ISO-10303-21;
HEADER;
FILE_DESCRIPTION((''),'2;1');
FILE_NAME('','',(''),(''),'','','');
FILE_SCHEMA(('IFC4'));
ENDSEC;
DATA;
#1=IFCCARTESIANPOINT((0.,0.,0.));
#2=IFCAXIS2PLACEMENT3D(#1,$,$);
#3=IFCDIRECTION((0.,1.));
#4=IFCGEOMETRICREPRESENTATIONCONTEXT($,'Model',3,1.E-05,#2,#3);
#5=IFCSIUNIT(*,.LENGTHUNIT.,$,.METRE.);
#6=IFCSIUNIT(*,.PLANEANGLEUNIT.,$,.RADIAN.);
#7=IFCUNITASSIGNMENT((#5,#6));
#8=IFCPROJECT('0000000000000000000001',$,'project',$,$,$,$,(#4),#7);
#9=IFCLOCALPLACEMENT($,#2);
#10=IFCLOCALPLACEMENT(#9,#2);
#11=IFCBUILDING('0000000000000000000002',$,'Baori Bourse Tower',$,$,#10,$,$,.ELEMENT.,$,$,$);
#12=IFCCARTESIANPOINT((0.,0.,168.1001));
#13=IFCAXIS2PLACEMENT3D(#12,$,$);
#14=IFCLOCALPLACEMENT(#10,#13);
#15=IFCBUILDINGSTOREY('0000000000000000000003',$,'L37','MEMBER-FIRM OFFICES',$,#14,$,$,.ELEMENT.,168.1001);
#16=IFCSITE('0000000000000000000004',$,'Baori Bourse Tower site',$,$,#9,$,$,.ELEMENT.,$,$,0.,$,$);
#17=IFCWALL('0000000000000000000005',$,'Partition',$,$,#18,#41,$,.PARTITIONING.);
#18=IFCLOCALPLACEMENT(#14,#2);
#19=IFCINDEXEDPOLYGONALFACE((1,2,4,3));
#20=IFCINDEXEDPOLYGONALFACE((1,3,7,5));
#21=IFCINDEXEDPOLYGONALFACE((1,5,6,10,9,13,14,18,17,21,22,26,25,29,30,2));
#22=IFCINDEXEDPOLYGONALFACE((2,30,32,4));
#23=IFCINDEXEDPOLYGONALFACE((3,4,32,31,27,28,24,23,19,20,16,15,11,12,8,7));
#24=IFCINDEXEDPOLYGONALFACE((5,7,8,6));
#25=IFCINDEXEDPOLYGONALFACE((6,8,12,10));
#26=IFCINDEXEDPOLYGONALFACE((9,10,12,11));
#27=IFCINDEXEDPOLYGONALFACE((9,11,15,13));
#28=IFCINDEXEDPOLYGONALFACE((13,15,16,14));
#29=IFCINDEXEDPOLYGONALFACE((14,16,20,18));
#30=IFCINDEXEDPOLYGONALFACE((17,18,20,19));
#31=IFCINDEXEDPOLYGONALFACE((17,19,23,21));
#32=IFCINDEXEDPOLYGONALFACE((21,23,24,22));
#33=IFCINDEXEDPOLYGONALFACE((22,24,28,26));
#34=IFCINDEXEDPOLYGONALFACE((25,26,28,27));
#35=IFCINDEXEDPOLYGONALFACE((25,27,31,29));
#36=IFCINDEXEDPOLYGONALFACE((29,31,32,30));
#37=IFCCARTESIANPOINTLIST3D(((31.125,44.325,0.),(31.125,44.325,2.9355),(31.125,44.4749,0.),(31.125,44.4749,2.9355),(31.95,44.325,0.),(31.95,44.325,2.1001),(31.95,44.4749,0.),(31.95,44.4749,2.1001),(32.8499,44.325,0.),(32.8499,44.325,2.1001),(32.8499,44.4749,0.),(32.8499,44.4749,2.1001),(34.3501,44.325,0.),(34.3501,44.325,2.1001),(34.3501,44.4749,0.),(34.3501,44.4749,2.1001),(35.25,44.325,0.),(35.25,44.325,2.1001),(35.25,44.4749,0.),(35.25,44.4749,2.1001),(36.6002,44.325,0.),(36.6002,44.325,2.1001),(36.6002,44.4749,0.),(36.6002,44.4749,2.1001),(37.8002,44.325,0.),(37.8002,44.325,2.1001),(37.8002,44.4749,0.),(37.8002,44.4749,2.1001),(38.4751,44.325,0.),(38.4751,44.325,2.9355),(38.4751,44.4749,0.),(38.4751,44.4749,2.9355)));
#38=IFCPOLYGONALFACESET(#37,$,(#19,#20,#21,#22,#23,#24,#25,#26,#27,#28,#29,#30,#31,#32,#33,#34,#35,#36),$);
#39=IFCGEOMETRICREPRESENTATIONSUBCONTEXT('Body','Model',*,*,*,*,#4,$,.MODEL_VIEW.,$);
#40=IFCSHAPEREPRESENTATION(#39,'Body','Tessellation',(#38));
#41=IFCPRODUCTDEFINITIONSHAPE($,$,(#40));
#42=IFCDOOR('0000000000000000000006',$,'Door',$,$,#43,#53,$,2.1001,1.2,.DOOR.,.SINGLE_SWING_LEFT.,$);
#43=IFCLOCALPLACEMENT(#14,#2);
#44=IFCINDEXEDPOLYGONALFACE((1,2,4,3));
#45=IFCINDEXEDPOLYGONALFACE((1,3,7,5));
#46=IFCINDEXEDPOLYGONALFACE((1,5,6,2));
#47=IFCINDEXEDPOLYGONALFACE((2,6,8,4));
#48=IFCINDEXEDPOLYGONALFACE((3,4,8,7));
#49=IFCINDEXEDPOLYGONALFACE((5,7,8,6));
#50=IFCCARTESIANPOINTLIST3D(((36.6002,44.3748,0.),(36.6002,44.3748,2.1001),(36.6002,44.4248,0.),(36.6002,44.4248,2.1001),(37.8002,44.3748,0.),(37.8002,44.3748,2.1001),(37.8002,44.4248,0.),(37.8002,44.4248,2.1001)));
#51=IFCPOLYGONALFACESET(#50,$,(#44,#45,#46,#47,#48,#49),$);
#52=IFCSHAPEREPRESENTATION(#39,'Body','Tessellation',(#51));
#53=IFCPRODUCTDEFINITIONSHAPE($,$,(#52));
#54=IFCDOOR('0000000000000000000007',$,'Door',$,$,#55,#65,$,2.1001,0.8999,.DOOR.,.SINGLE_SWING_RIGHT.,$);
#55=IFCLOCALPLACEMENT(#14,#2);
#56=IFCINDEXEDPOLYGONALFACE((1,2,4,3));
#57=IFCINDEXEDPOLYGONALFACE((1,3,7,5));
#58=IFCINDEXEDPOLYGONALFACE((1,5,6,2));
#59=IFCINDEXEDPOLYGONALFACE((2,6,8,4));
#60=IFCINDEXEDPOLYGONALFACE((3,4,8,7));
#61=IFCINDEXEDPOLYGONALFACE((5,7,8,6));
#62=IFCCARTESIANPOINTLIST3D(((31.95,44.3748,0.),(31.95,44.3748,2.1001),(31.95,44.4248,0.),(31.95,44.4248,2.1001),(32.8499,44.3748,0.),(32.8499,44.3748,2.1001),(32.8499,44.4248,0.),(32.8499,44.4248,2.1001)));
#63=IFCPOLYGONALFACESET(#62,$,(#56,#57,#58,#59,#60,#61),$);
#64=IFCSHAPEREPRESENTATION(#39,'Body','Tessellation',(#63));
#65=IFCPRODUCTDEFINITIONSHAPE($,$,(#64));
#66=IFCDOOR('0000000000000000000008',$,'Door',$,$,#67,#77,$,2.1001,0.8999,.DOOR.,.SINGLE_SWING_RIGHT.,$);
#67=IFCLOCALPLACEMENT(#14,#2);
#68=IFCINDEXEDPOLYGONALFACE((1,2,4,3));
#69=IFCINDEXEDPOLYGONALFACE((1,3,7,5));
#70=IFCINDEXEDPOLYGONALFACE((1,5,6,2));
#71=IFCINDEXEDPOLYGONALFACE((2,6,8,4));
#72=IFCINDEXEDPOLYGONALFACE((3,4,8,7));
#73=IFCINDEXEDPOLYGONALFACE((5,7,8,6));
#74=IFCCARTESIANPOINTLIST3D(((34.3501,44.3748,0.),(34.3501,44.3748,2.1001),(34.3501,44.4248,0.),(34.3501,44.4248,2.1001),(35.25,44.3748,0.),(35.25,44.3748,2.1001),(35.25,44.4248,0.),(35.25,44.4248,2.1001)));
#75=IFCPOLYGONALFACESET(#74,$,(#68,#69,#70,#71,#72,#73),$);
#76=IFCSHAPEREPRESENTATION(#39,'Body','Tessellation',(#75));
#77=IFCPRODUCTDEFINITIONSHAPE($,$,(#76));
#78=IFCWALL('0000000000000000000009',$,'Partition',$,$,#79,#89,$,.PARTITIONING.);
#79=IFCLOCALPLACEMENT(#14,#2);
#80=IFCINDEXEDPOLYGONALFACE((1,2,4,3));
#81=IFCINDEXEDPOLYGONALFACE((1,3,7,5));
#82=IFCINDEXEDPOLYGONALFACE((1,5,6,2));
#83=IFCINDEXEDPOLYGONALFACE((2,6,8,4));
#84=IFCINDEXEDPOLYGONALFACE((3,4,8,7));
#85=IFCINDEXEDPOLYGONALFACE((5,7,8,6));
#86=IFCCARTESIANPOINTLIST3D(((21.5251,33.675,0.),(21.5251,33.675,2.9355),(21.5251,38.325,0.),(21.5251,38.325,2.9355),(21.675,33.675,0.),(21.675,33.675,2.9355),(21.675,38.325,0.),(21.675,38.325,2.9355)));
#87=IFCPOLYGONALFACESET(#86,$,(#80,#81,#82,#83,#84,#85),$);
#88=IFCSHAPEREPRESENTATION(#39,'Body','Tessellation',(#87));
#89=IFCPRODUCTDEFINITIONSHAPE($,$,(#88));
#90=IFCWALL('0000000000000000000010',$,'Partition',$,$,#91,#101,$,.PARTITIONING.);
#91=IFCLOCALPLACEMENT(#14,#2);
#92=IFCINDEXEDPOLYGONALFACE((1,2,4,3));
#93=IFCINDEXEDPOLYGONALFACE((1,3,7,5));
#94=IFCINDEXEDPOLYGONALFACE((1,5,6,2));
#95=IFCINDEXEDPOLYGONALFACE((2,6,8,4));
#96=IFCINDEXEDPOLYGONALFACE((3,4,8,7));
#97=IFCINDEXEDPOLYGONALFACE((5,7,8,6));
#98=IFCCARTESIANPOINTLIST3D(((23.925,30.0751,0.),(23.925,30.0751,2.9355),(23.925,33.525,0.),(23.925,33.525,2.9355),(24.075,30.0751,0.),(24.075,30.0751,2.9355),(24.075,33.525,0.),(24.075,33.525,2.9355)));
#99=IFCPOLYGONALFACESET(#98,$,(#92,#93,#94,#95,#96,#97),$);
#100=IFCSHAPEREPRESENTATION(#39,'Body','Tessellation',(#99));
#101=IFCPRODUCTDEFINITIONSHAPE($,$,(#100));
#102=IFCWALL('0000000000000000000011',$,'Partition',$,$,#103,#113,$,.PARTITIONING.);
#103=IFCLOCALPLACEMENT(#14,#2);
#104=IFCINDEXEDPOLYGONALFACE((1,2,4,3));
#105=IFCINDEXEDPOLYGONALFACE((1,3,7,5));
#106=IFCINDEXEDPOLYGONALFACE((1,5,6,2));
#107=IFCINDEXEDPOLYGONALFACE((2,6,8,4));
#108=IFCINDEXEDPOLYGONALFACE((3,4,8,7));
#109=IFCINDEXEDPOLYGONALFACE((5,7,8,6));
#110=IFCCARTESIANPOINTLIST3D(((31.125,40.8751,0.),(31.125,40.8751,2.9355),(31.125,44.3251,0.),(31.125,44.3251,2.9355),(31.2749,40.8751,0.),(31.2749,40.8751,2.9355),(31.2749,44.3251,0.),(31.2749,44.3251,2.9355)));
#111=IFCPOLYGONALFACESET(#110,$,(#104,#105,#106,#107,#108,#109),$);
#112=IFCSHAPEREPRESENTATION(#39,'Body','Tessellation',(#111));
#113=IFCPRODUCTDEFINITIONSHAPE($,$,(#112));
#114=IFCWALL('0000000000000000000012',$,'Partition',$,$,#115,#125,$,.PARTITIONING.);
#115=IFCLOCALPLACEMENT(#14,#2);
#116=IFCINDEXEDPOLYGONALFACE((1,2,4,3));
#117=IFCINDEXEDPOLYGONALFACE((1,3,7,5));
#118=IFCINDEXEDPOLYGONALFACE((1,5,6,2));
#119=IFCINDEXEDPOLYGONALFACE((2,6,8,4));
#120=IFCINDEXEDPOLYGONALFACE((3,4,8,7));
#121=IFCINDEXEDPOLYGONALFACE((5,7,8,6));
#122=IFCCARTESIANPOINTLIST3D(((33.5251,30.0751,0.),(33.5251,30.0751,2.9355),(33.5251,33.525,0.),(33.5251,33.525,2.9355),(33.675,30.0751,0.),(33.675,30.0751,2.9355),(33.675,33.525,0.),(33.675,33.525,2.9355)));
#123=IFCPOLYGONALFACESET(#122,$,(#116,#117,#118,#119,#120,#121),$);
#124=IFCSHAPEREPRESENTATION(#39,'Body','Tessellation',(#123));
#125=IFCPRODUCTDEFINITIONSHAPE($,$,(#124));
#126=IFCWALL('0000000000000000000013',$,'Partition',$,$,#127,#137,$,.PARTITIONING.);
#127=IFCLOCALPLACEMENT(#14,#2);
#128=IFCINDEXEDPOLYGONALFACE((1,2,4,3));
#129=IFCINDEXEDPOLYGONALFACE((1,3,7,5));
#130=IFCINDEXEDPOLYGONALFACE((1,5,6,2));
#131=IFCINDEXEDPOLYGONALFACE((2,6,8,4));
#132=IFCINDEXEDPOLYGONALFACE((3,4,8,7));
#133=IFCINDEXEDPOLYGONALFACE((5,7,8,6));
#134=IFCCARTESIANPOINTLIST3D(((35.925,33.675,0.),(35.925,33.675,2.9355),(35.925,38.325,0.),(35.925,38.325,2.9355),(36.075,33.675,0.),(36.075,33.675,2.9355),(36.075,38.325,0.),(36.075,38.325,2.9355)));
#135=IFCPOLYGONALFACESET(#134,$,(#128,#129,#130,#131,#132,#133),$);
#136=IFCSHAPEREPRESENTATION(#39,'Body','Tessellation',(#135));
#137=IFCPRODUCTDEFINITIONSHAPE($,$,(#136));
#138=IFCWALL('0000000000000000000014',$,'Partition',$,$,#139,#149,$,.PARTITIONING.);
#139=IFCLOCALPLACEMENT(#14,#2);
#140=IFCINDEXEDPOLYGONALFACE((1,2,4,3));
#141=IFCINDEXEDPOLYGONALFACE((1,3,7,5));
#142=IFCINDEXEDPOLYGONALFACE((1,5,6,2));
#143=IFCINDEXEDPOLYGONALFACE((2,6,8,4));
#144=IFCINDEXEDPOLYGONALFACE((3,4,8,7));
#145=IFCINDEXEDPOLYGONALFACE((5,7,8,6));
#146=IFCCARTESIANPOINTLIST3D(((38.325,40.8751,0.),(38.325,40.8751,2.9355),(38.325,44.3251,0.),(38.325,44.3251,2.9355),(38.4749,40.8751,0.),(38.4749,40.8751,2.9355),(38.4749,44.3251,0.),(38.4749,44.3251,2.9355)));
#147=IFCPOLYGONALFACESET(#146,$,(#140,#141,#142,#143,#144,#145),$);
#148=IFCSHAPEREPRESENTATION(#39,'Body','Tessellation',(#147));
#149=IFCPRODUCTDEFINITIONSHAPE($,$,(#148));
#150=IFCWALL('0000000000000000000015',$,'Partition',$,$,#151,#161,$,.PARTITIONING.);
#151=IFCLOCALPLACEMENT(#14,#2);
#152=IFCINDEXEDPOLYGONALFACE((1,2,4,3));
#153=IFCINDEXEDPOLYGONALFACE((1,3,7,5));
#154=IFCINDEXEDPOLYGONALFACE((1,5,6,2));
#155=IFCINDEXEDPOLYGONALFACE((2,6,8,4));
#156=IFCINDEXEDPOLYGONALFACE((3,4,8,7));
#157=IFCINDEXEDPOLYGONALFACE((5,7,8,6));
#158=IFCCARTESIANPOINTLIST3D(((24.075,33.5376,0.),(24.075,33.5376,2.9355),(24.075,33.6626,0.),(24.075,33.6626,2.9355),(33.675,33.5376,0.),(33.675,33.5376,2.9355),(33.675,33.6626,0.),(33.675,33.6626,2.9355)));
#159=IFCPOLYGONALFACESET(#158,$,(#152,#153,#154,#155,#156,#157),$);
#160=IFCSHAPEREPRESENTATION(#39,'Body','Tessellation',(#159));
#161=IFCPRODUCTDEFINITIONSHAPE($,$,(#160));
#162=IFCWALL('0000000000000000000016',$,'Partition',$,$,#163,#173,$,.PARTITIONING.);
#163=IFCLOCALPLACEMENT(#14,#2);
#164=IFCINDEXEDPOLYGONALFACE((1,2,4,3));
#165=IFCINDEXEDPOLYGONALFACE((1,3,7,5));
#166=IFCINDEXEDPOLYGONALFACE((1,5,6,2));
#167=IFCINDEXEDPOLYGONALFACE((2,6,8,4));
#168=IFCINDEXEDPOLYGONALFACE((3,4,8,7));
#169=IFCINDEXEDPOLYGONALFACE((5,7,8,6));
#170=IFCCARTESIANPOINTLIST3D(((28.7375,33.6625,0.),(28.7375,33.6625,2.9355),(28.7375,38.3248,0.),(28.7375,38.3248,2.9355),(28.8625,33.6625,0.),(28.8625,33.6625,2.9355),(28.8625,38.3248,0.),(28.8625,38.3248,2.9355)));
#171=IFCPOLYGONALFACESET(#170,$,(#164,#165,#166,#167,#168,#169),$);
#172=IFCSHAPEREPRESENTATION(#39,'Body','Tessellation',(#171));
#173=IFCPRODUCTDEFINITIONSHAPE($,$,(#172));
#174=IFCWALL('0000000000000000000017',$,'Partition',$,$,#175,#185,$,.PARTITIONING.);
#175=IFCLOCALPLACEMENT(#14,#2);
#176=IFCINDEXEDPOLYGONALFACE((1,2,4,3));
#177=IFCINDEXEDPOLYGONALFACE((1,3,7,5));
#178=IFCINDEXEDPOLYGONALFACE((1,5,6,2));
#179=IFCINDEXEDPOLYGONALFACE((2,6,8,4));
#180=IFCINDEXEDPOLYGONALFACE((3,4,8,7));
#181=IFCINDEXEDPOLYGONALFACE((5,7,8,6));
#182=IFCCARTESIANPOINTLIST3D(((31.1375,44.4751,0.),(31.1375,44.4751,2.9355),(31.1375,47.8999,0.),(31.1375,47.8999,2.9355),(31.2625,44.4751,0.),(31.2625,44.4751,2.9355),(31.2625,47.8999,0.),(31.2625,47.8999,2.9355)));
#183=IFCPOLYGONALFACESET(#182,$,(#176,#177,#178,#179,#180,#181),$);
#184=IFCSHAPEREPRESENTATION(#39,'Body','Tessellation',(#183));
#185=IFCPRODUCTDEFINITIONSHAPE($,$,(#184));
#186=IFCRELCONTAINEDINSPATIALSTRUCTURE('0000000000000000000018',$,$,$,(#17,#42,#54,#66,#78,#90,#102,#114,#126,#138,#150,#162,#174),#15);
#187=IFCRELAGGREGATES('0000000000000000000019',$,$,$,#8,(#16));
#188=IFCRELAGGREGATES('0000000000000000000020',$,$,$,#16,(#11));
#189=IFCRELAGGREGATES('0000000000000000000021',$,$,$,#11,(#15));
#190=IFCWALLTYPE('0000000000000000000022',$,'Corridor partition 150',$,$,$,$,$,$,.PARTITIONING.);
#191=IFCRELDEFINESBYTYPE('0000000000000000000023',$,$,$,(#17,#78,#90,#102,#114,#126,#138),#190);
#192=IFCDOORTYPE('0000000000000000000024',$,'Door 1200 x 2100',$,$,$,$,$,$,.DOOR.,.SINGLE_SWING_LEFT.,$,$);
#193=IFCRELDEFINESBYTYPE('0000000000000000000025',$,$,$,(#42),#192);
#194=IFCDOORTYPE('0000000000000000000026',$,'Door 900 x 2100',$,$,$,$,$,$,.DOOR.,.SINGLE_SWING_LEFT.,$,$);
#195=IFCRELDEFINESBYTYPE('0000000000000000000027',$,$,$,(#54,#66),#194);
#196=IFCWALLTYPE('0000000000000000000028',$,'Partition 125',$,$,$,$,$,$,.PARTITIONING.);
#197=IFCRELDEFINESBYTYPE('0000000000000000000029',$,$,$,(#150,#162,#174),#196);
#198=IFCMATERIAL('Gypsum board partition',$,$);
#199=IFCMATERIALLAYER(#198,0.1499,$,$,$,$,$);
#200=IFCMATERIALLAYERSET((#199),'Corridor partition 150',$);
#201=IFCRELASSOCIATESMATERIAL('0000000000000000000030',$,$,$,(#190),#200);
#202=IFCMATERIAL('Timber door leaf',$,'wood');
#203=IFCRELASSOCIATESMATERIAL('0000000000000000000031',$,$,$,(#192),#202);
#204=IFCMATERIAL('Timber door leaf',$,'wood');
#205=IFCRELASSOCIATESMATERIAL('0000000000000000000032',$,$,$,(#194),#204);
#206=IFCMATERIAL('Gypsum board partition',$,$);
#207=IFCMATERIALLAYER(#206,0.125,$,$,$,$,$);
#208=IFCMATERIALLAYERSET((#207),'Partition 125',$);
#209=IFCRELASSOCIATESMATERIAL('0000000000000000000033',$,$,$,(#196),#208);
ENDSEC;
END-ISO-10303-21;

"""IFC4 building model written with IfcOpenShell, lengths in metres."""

from ifc_helpers import new_model, si_unit, direction, frame, frame_2d, origin, place, context, subcontext, project, spatial, rectangle, extrude, material, layer, layer_set, type_object, element, fill, save


model = new_model("IFC4")

# Units and contexts
model_context = context("Model", 3, precision=1e-05, world=origin(), true_north=direction((0.0, 1.0)))
body_context = subcontext(model_context, "Body", "Model", "MODEL_VIEW")
ifc_project = project(units=[si_unit("LENGTHUNIT", "METRE"), si_unit("PLANEANGLEUNIT", "RADIAN")], contexts=[model_context])

# Site, building, storey
site_placement = place(None, origin())
site = spatial("IfcSite", under=ifc_project, at=site_placement, Name="Baori Bourse Tower site", CompositionType="ELEMENT", RefElevation=0.0)
building_placement = place(site_placement, origin())
building = spatial("IfcBuilding", under=site, at=building_placement, Name="Baori Bourse Tower", CompositionType="ELEMENT")
storey_placement = place(building_placement, frame((0.0, 0.0, 168.1001)))
storey = spatial("IfcBuildingStorey", under=building, at=storey_placement, Name="L37", Description="MEMBER-FIRM OFFICES", CompositionType="ELEMENT", Elevation=168.1001)

# Shared definitions
ifc_material_1 = material(Name="Gypsum board partition")
ifc_layer_1 = layer(ifc_material_1, 0.1499)
ifc_layer_set_1 = layer_set([ifc_layer_1], Name="Corridor partition 150")
wall_type_1 = type_object("IfcWallType", Name="Corridor partition 150", PredefinedType="PARTITIONING", material=ifc_layer_set_1)

# Wall, openings, doors
wall_1_placement = place(storey_placement, frame((31.125, 44.3999, 0.0), z_axis=(0.0, 0.0, 1.0), x_axis=(1.0, 0.0, 0.0)))
wall_1 = element("IfcWall", 1, at=wall_1_placement, inside=storey, type_object=wall_type_1, Name="Partition", PredefinedType="PARTITIONING", context=body_context, shape_type="SweptSolid", body=[
    extrude(rectangle(XDim=7.3501, YDim=0.1499, at=frame_2d((3.675, 0.0))), origin(), (0.0, 0.0, 1.0), 2.9355),
])
opening_1_placement = place(wall_1_placement, frame((0.825, 0.0, 0.0)))
opening_1 = element("IfcOpeningElement", 2, at=opening_1_placement, cuts=wall_1, PredefinedType="OPENING", context=body_context, shape_type="SweptSolid", body=[
    extrude(rectangle(XDim=0.8999, YDim=2.1001, at=frame_2d((0.45, 1.05))), frame((0.0, 0.085, 0.0), z_axis=(0.0, -1.0, 0.0), x_axis=(1.0, 0.0, 0.0)), (0.0, 0.0, 1.0), 0.1699),
])
opening_2_placement = place(wall_1_placement, frame((3.2251, 0.0, 0.0)))
opening_2 = element("IfcOpeningElement", 3, at=opening_2_placement, cuts=wall_1, PredefinedType="OPENING", context=body_context, shape_type="SweptSolid", body=[
    extrude(rectangle(XDim=0.8999, YDim=2.1001, at=frame_2d((0.45, 1.05))), frame((0.0, 0.085, 0.0), z_axis=(0.0, -1.0, 0.0), x_axis=(1.0, 0.0, 0.0)), (0.0, 0.0, 1.0), 0.1699),
])
opening_3_placement = place(wall_1_placement, frame((5.4751, 0.0, 0.0)))
opening_3 = element("IfcOpeningElement", 4, at=opening_3_placement, cuts=wall_1, PredefinedType="OPENING", context=body_context, shape_type="SweptSolid", body=[
    extrude(rectangle(XDim=1.2, YDim=2.1001, at=frame_2d((0.6001, 1.05))), frame((0.0, 0.085, 0.0), z_axis=(0.0, -1.0, 0.0), x_axis=(1.0, 0.0, 0.0)), (0.0, 0.0, 1.0), 0.1699),
])
ifc_material_2 = material(Name="Timber door leaf", Category="wood")
door_type_1 = type_object("IfcDoorType", Name="Door 1200 x 2100", OperationType="SINGLE_SWING_LEFT", PredefinedType="DOOR", material=ifc_material_2)
door_1_placement = place(opening_3_placement, origin())
door_1 = element("IfcDoor", 5, at=door_1_placement, inside=storey, type_object=door_type_1, Name="Door", OperationType="SINGLE_SWING_LEFT", OverallHeight=2.1001, OverallWidth=1.2, PredefinedType="DOOR", context=body_context, shape_type="SweptSolid", body=[
    extrude(rectangle(XDim=1.2, YDim=2.1001, at=frame_2d((0.6001, 1.05))), frame((0.0, 0.0249, 0.0), z_axis=(0.0, -1.0, 0.0), x_axis=(1.0, 0.0, 0.0)), (0.0, 0.0, 1.0), 0.05),
])
fill(opening_3, door_1)
ifc_material_3 = material(Name="Timber door leaf", Category="wood")
door_type_2 = type_object("IfcDoorType", Name="Door 900 x 2100", OperationType="SINGLE_SWING_LEFT", PredefinedType="DOOR", material=ifc_material_3)
door_2_placement = place(opening_1_placement, origin())
door_2 = element("IfcDoor", 6, at=door_2_placement, inside=storey, type_object=door_type_2, Name="Door", OperationType="SINGLE_SWING_RIGHT", OverallHeight=2.1001, OverallWidth=0.8999, PredefinedType="DOOR", context=body_context, shape_type="SweptSolid", body=[
    extrude(rectangle(XDim=0.8999, YDim=2.1001, at=frame_2d((0.45, 1.05))), frame((0.0, 0.0249, 0.0), z_axis=(0.0, -1.0, 0.0), x_axis=(1.0, 0.0, 0.0)), (0.0, 0.0, 1.0), 0.05),
])
fill(opening_1, door_2)
door_3_placement = place(opening_2_placement, origin())
door_3 = element("IfcDoor", 7, at=door_3_placement, inside=storey, type_object=door_type_2, Name="Door", OperationType="SINGLE_SWING_RIGHT", OverallHeight=2.1001, OverallWidth=0.8999, PredefinedType="DOOR", context=body_context, shape_type="SweptSolid", body=[
    extrude(rectangle(XDim=0.8999, YDim=2.1001, at=frame_2d((0.45, 1.05))), frame((0.0, 0.0249, 0.0), z_axis=(0.0, -1.0, 0.0), x_axis=(1.0, 0.0, 0.0)), (0.0, 0.0, 1.0), 0.05),
])
fill(opening_2, door_3)

# Walls
wall_2_placement = place(storey_placement, frame((21.6001, 33.675, 0.0), z_axis=(0.0, 0.0, 1.0), x_axis=(0.0, 1.0, 0.0)))
element("IfcWall", 8, at=wall_2_placement, inside=storey, type_object=wall_type_1, Name="Partition", PredefinedType="PARTITIONING", context=body_context, shape_type="SweptSolid", body=[
    extrude(rectangle(XDim=4.6499, YDim=0.1499, at=frame_2d((2.325, 0.0))), origin(), (0.0, 0.0, 1.0), 2.9355),
])
for number, where, z_axis, x_axis, name in (
    (9, (24.0, 30.075, 0.0), (0.0, 0.0, 1.0), (0.0, 1.0, 0.0), "Partition"),
    (10, (31.2, 40.875, 0.0), (0.0, 0.0, 1.0), (0.0, 1.0, 0.0), "Partition"),
    (11, (33.6001, 30.075, 0.0), (0.0, 0.0, 1.0), (0.0, 1.0, 0.0), "Partition"),
):
    element("IfcWall", number, at=place(storey_placement, frame(where, z_axis=z_axis, x_axis=x_axis)), inside=storey, type_object=wall_type_1, Name=name, PredefinedType="PARTITIONING", context=body_context, shape_type="SweptSolid", body=[
        extrude(rectangle(XDim=3.45, YDim=0.1499, at=frame_2d((1.7251, 0.0))), origin(), (0.0, 0.0, 1.0), 2.9355),
    ])
wall_3_placement = place(storey_placement, frame((36.0, 33.675, 0.0), z_axis=(0.0, 0.0, 1.0), x_axis=(0.0, 1.0, 0.0)))
element("IfcWall", 12, at=wall_3_placement, inside=storey, type_object=wall_type_1, Name="Partition", PredefinedType="PARTITIONING", context=body_context, shape_type="SweptSolid", body=[
    extrude(rectangle(XDim=4.6499, YDim=0.1499, at=frame_2d((2.325, 0.0))), origin(), (0.0, 0.0, 1.0), 2.9355),
])
wall_4_placement = place(storey_placement, frame((38.3999, 40.875, 0.0), z_axis=(0.0, 0.0, 1.0), x_axis=(0.0, 1.0, 0.0)))
element("IfcWall", 13, at=wall_4_placement, inside=storey, type_object=wall_type_1, Name="Partition", PredefinedType="PARTITIONING", context=body_context, shape_type="SweptSolid", body=[
    extrude(rectangle(XDim=3.45, YDim=0.1499, at=frame_2d((1.7251, 0.0))), origin(), (0.0, 0.0, 1.0), 2.9355),
])
ifc_material_4 = material(Name="Gypsum board partition")
ifc_layer_2 = layer(ifc_material_4, 0.125)
ifc_layer_set_2 = layer_set([ifc_layer_2], Name="Partition 125")
wall_type_2 = type_object("IfcWallType", Name="Partition 125", PredefinedType="PARTITIONING", material=ifc_layer_set_2)
wall_5_placement = place(storey_placement, frame((24.075, 33.6001, 0.0), z_axis=(0.0, 0.0, 1.0), x_axis=(1.0, 0.0, 0.0)))
element("IfcWall", 14, at=wall_5_placement, inside=storey, type_object=wall_type_2, Name="Partition", PredefinedType="PARTITIONING", context=body_context, shape_type="SweptSolid", body=[
    extrude(rectangle(XDim=9.6001, YDim=0.125, at=frame_2d((4.8, 0.0))), origin(), (0.0, 0.0, 1.0), 2.9355),
])
wall_6_placement = place(storey_placement, frame((28.8, 33.6626, 0.0), z_axis=(0.0, 0.0, 1.0), x_axis=(0.0, 1.0, 0.0)))
element("IfcWall", 15, at=wall_6_placement, inside=storey, type_object=wall_type_2, Name="Partition", PredefinedType="PARTITIONING", context=body_context, shape_type="SweptSolid", body=[
    extrude(rectangle(XDim=4.6624, YDim=0.125, at=frame_2d((2.3311, 0.0))), origin(), (0.0, 0.0, 1.0), 2.9355),
])
for number, where, z_axis, x_axis, name in (
    (16, (31.2, 44.4751, 0.0), (0.0, 0.0, 1.0), (0.0, 1.0, 0.0), "Partition"),
):
    element("IfcWall", number, at=place(storey_placement, frame(where, z_axis=z_axis, x_axis=x_axis)), inside=storey, type_object=wall_type_2, Name=name, PredefinedType="PARTITIONING", context=body_context, shape_type="SweptSolid", body=[
        extrude(rectangle(XDim=3.4248, YDim=0.125, at=frame_2d((1.7124, 0.0))), origin(), (0.0, 0.0, 1.0), 2.9355),
    ])

save(model, "model.ifc")
